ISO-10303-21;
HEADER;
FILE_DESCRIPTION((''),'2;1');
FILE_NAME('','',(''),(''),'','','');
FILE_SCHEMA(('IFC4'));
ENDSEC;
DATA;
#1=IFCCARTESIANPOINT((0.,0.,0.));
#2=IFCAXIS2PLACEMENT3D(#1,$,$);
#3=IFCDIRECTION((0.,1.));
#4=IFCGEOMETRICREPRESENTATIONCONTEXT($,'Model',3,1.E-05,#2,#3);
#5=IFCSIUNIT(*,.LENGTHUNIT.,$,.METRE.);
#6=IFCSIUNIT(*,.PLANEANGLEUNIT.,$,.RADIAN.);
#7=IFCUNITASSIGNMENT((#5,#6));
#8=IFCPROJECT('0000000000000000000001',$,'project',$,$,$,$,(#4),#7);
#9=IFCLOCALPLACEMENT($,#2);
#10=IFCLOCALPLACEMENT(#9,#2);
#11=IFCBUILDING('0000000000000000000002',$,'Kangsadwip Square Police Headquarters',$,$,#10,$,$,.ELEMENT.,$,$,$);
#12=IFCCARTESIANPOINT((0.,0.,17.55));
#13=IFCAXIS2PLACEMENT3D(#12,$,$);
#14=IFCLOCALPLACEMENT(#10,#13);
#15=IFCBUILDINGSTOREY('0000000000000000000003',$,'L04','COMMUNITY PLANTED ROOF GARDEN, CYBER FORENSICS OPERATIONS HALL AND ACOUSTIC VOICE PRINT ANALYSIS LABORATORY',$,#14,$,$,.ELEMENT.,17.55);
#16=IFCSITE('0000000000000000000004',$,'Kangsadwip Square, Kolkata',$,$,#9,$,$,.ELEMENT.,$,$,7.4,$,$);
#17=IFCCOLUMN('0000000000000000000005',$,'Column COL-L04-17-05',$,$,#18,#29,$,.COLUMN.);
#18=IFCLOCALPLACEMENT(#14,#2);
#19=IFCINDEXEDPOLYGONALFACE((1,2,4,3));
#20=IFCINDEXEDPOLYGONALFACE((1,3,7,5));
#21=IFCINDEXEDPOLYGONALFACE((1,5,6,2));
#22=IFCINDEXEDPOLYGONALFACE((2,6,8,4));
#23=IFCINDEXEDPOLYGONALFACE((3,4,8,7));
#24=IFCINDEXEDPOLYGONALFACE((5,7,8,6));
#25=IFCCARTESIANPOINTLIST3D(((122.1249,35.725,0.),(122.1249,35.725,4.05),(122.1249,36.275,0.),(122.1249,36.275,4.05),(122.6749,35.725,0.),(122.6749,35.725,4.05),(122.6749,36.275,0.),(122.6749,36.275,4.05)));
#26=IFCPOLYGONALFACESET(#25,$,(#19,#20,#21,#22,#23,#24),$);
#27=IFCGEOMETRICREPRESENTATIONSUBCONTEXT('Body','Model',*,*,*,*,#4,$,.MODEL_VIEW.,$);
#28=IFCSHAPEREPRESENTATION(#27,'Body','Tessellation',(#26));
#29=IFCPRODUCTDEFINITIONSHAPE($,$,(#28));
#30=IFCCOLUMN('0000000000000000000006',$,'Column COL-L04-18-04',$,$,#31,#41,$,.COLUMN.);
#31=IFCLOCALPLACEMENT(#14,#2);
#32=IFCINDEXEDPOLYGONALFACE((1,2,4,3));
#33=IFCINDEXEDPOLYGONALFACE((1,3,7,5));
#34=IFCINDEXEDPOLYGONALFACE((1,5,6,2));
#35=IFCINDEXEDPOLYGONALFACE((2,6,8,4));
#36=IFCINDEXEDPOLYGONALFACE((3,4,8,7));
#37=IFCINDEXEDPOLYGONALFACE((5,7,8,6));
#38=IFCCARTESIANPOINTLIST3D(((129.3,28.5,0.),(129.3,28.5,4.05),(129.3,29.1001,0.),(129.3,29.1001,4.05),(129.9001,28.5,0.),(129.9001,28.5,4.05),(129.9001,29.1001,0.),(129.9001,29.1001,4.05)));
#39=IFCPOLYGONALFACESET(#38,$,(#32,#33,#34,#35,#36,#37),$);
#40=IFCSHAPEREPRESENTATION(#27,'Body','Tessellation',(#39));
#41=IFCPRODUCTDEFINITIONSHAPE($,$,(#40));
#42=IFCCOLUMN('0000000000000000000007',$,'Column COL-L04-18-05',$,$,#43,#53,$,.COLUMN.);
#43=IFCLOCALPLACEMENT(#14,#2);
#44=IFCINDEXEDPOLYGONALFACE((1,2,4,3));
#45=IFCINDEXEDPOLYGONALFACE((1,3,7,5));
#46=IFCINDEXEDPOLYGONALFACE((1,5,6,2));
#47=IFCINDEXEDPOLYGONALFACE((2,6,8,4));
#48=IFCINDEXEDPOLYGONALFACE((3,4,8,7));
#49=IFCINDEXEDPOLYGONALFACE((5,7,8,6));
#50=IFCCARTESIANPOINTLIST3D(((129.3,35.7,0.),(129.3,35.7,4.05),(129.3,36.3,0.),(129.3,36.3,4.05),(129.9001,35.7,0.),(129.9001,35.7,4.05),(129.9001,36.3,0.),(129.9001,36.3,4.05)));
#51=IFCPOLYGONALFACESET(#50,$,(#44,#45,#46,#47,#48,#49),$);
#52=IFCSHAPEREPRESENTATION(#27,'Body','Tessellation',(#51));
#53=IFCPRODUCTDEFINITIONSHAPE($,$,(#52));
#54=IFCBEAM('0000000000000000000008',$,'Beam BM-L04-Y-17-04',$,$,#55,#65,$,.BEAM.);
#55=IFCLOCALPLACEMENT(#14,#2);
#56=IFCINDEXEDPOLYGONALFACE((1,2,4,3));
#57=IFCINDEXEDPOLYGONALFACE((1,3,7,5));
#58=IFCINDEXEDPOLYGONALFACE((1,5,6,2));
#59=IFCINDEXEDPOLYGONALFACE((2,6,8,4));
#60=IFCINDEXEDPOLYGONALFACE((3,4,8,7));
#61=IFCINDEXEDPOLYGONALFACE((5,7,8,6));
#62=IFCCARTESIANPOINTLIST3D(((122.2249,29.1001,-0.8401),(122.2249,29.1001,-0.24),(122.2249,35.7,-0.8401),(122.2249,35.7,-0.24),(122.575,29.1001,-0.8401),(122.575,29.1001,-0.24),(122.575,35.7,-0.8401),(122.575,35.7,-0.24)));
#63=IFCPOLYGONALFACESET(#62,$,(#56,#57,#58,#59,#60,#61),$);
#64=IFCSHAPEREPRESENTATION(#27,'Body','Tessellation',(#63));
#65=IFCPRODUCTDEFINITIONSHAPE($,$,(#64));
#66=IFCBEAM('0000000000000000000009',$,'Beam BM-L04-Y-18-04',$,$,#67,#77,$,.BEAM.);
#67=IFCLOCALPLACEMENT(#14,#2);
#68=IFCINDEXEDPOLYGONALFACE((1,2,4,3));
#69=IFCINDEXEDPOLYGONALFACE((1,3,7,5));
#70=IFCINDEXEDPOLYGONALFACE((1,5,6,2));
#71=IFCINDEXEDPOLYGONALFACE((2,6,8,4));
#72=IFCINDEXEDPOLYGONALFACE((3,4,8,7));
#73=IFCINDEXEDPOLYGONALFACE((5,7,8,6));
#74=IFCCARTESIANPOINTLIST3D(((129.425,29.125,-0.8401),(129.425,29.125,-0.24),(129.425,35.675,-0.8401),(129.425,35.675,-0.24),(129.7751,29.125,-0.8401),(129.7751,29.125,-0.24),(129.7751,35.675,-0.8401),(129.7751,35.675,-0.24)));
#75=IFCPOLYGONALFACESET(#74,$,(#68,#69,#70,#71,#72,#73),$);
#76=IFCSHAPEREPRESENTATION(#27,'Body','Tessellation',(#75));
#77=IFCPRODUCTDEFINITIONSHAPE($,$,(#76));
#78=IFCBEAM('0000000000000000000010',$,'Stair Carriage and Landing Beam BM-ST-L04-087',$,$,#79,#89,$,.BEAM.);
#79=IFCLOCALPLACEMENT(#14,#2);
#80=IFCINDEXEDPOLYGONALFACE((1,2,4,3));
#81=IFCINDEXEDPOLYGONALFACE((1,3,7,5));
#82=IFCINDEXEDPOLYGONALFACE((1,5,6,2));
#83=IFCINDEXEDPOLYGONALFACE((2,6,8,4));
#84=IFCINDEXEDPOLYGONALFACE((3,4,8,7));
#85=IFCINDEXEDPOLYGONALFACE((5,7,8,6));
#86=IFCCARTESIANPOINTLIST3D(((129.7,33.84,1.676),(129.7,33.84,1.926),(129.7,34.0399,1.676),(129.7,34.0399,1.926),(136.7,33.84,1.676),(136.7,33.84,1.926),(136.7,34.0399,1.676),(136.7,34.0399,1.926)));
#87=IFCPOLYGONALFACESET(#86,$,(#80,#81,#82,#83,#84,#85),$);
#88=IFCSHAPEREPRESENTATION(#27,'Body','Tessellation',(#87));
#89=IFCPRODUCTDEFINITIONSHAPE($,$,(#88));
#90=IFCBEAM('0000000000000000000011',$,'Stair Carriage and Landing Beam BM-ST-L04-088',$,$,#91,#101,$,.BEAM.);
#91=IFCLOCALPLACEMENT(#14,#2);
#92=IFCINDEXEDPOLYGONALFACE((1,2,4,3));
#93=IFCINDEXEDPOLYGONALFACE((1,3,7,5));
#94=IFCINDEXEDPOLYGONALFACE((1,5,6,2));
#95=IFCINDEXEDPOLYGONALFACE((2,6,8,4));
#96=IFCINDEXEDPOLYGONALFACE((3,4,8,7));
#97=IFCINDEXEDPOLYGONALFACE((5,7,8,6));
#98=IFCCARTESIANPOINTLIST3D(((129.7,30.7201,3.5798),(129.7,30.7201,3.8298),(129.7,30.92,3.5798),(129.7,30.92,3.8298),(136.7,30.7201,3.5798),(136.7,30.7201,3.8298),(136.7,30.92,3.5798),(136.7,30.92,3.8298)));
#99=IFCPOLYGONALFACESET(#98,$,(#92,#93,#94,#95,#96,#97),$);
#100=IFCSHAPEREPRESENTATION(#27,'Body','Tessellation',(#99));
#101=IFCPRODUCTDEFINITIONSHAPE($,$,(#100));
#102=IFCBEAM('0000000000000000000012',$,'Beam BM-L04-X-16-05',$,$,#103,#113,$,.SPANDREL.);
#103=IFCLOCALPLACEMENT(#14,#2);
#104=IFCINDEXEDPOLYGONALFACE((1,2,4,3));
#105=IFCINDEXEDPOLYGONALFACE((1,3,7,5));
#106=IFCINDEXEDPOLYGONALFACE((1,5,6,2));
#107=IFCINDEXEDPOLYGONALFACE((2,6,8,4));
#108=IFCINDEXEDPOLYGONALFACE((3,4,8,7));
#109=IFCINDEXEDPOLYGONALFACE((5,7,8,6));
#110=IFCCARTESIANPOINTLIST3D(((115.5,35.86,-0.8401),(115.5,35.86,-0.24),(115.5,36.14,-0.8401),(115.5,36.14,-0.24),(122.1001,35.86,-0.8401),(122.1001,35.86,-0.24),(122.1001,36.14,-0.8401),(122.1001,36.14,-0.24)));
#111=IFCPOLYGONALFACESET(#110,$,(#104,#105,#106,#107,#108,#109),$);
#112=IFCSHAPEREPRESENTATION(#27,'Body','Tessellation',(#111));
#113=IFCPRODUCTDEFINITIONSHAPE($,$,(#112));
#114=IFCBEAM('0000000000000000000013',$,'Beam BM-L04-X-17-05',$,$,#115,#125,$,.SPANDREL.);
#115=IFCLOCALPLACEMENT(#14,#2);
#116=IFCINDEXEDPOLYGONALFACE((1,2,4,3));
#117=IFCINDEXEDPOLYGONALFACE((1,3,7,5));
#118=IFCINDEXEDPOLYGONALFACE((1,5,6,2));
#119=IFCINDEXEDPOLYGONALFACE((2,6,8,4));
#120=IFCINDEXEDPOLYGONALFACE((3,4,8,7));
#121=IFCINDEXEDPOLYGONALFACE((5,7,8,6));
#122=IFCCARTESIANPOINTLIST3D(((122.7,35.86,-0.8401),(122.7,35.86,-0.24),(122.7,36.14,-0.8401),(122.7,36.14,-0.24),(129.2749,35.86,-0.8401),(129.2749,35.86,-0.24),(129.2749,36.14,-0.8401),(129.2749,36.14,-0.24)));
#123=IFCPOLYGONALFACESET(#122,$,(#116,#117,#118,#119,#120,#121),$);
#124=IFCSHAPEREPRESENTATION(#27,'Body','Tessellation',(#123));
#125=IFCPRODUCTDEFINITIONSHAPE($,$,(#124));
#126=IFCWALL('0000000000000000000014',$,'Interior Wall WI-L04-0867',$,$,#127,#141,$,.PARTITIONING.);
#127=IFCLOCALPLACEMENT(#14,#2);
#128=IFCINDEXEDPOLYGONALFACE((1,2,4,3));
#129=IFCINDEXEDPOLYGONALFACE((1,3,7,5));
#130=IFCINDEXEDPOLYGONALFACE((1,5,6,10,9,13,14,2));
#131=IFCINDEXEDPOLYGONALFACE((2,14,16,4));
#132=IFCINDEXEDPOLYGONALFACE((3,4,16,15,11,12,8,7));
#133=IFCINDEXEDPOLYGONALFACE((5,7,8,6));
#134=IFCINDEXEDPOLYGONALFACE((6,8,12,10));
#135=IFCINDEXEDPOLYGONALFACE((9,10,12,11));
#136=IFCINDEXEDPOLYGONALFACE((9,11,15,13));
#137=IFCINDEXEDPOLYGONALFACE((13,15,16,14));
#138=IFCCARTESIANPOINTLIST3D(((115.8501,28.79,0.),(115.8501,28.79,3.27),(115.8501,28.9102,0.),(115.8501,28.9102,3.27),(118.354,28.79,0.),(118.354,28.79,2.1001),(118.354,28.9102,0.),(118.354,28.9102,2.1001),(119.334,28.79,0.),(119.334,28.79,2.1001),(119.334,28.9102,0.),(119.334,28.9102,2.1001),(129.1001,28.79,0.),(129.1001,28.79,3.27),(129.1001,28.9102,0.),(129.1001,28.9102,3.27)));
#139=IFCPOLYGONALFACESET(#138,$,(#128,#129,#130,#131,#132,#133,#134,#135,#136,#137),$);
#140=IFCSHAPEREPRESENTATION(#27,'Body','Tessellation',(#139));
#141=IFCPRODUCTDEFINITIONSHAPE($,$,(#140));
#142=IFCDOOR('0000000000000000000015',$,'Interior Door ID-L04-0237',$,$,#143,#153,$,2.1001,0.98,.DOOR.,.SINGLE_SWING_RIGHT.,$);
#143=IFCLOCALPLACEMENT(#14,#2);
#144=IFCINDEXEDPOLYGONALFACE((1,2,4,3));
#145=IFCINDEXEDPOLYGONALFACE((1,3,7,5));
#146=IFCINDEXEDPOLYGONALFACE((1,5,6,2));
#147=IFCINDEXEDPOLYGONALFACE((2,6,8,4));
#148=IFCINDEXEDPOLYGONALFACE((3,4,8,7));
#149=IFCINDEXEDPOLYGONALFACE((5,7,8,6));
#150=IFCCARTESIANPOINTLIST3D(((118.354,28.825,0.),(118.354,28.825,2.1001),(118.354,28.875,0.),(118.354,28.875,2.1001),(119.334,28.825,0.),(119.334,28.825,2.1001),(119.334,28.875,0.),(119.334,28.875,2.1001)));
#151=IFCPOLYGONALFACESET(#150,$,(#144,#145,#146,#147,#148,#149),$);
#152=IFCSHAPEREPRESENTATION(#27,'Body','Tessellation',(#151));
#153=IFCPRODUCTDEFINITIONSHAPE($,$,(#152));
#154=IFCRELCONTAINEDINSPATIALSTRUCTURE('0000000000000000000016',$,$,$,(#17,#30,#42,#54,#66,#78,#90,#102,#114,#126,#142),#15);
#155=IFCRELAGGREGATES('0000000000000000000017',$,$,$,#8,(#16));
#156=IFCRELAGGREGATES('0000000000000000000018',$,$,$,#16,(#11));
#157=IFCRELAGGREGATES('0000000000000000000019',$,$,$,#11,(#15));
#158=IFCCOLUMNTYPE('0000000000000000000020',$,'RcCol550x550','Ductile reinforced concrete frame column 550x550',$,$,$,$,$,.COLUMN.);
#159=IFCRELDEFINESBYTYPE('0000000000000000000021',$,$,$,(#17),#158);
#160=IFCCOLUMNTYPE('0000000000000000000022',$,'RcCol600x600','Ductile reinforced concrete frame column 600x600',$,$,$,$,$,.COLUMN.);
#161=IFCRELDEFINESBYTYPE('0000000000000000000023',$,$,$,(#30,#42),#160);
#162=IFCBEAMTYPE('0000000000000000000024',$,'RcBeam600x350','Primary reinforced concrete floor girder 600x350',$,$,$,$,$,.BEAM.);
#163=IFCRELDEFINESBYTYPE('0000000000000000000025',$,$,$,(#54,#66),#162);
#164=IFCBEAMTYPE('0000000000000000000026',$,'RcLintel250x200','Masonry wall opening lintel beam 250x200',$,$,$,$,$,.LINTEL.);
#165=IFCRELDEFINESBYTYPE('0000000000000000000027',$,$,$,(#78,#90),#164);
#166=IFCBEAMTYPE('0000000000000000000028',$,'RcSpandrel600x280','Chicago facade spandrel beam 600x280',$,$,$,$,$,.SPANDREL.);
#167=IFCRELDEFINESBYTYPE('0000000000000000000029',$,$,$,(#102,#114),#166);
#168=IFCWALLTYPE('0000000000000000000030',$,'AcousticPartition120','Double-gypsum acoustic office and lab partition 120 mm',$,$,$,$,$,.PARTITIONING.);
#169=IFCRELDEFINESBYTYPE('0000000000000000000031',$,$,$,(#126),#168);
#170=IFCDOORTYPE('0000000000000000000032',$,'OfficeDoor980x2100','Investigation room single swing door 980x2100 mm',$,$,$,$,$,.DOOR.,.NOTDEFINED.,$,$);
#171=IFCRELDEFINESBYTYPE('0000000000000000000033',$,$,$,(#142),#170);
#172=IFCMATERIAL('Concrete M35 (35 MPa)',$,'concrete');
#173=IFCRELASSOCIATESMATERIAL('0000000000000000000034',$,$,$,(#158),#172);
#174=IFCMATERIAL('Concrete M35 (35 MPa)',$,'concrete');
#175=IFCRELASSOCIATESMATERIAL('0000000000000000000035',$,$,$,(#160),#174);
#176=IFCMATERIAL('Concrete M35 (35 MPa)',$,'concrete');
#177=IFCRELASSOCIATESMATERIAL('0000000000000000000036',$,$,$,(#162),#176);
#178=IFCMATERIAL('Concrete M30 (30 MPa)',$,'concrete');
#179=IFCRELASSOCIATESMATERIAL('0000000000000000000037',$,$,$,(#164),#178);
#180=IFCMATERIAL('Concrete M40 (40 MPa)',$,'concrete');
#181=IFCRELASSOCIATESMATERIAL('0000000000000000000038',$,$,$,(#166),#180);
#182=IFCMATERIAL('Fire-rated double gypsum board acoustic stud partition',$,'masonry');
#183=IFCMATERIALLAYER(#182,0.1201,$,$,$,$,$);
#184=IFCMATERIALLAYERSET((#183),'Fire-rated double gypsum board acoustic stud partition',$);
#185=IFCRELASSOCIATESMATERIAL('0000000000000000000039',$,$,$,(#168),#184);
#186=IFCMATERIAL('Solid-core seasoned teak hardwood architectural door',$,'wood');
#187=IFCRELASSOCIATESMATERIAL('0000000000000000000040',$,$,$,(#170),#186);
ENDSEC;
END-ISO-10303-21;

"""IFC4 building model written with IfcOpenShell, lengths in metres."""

from ifc_helpers import new_model, si_unit, direction, frame, frame_2d, origin, origin_2d, place, context, subcontext, project, spatial, rectangle, extrude, material, layer, layer_set, material_profile, profile_set, type_object, element, fill, save


model = new_model("IFC4")

# Units and contexts
model_context = context("Model", 3, precision=1e-05, world=origin(), true_north=direction((0.0, 1.0)))
body_context = subcontext(model_context, "Body", "Model", "MODEL_VIEW")
ifc_project = project(units=[si_unit("LENGTHUNIT", "METRE"), si_unit("PLANEANGLEUNIT", "RADIAN")], contexts=[model_context])

# Site, building, storey
site_placement = place(None, origin())
site = spatial("IfcSite", under=ifc_project, at=site_placement, Name="Kangsadwip Square, Kolkata", CompositionType="ELEMENT", RefElevation=7.4)
building_placement = place(site_placement, origin())
building = spatial("IfcBuilding", under=site, at=building_placement, Name="Kangsadwip Square Police Headquarters", CompositionType="ELEMENT")
storey_placement = place(building_placement, frame((0.0, 0.0, 17.55)))
storey = spatial("IfcBuildingStorey", under=building, at=storey_placement, Name="L04", Description="COMMUNITY PLANTED ROOF GARDEN, CYBER FORENSICS OPERATIONS HALL AND ACOUSTIC VOICE PRINT ANALYSIS LABORATORY", CompositionType="ELEMENT", Elevation=17.55)

# Columns
ifc_material_1 = material(Name="Concrete M35 (35 MPa)", Category="concrete")
ifc_material_profile_1 = material_profile(ifc_material_1, rectangle(XDim=0.55, YDim=0.55, at=origin_2d()), Name="RC COL 550X550")
ifc_profile_set_1 = profile_set([ifc_material_profile_1], Name="Concrete M35 (35 MPa)")
column_type_1 = type_object("IfcColumnType", Name="RcCol550x550", Description="Ductile reinforced concrete frame column 550x550", PredefinedType="COLUMN", material=ifc_profile_set_1)
column_placement = place(storey_placement, frame((122.3999, 36.0, 0.0), z_axis=(0.0, 0.0, 1.0), x_axis=(1.0, 0.0, 0.0)))
element("IfcColumn", 1, at=column_placement, inside=storey, type_object=column_type_1, Name="Column COL-L04-17-05", PredefinedType="COLUMN", context=body_context, shape_type="SweptSolid", body=[
    extrude(rectangle(XDim=0.55, YDim=0.55, at=origin_2d()), origin(), (0.0, 0.0, 1.0), 4.05),
])
ifc_material_2 = material(Name="Concrete M35 (35 MPa)", Category="concrete")
ifc_material_profile_2 = material_profile(ifc_material_2, rectangle(XDim=0.6001, YDim=0.6001, at=origin_2d()), Name="RC COL 600X600")
ifc_profile_set_2 = profile_set([ifc_material_profile_2], Name="Concrete M35 (35 MPa)")
column_type_2 = type_object("IfcColumnType", Name="RcCol600x600", Description="Ductile reinforced concrete frame column 600x600", PredefinedType="COLUMN", material=ifc_profile_set_2)
for number, where, z_axis, x_axis, name in (
    (2, (129.6001, 28.8, 0.0), (0.0, 0.0, 1.0), (1.0, 0.0, 0.0), "Column COL-L04-18-04"),
    (3, (129.6001, 36.0, 0.0), (0.0, 0.0, 1.0), (1.0, 0.0, 0.0), "Column COL-L04-18-05"),
):
    element("IfcColumn", number, at=place(storey_placement, frame(where, z_axis=z_axis, x_axis=x_axis)), inside=storey, type_object=column_type_2, Name=name, PredefinedType="COLUMN", context=body_context, shape_type="SweptSolid", body=[
        extrude(rectangle(XDim=0.6001, YDim=0.6001, at=origin_2d()), origin(), (0.0, 0.0, 1.0), 4.05),
    ])

# Beams
ifc_material_3 = material(Name="Concrete M35 (35 MPa)", Category="concrete")
ifc_material_profile_3 = material_profile(ifc_material_3, rectangle(XDim=0.3501, YDim=0.6001, at=origin_2d()), Name="RC BM 600X350")
ifc_profile_set_3 = profile_set([ifc_material_profile_3], Name="Concrete M35 (35 MPa)")
beam_type_1 = type_object("IfcBeamType", Name="RcBeam600x350", Description="Primary reinforced concrete floor girder 600x350", PredefinedType="BEAM", material=ifc_profile_set_3)
beam_1_placement = place(storey_placement, frame((122.3999, 29.1001, -0.54), z_axis=(0.0, 1.0, 0.0), x_axis=(-1.0, 0.0, 0.0)))
element("IfcBeam", 4, at=beam_1_placement, inside=storey, type_object=beam_type_1, Name="Beam BM-L04-Y-17-04", PredefinedType="BEAM", context=body_context, shape_type="SweptSolid", body=[
    extrude(rectangle(XDim=0.3501, YDim=0.6001, at=origin_2d()), origin(), (0.0, 0.0, 1.0), 6.5999),
])
beam_2_placement = place(storey_placement, frame((129.6001, 29.125, -0.54), z_axis=(0.0, 1.0, 0.0), x_axis=(-1.0, 0.0, 0.0)))
element("IfcBeam", 5, at=beam_2_placement, inside=storey, type_object=beam_type_1, Name="Beam BM-L04-Y-18-04", PredefinedType="BEAM", context=body_context, shape_type="SweptSolid", body=[
    extrude(rectangle(XDim=0.3501, YDim=0.6001, at=origin_2d()), origin(), (0.0, 0.0, 1.0), 6.55),
])
ifc_material_4 = material(Name="Concrete M30 (30 MPa)", Category="concrete")
ifc_material_profile_4 = material_profile(ifc_material_4, rectangle(XDim=0.2, YDim=0.25, at=origin_2d()), Name="RC LNT 250X200")
ifc_profile_set_4 = profile_set([ifc_material_profile_4], Name="Concrete M30 (30 MPa)")
beam_type_2 = type_object("IfcBeamType", Name="RcLintel250x200", Description="Masonry wall opening lintel beam 250x200", PredefinedType="LINTEL", material=ifc_profile_set_4)
for number, where, z_axis, x_axis, name in (
    (6, (129.7, 33.9399, 1.801), (1.0, 0.0, 0.0), (0.0, 1.0, 0.0), "Stair Carriage and Landing Beam BM-ST-L04-087"),
    (7, (129.7, 30.8201, 3.7048), (1.0, 0.0, 0.0), (0.0, 1.0, 0.0), "Stair Carriage and Landing Beam BM-ST-L04-088"),
):
    element("IfcBeam", number, at=place(storey_placement, frame(where, z_axis=z_axis, x_axis=x_axis)), inside=storey, type_object=beam_type_2, Name=name, PredefinedType="BEAM", context=body_context, shape_type="SweptSolid", body=[
        extrude(rectangle(XDim=0.2, YDim=0.25, at=origin_2d()), origin(), (0.0, 0.0, 1.0), 7.0),
    ])
ifc_material_5 = material(Name="Concrete M40 (40 MPa)", Category="concrete")
ifc_material_profile_5 = material_profile(ifc_material_5, rectangle(XDim=0.28, YDim=0.6001, at=origin_2d()), Name="RC SPN 600X280")
ifc_profile_set_5 = profile_set([ifc_material_profile_5], Name="Concrete M40 (40 MPa)")
beam_type_3 = type_object("IfcBeamType", Name="RcSpandrel600x280", Description="Chicago facade spandrel beam 600x280", PredefinedType="SPANDREL", material=ifc_profile_set_5)
beam_3_placement = place(storey_placement, frame((115.5, 36.0, -0.54), z_axis=(1.0, 0.0, 0.0), x_axis=(0.0, 1.0, 0.0)))
element("IfcBeam", 8, at=beam_3_placement, inside=storey, type_object=beam_type_3, Name="Beam BM-L04-X-16-05", PredefinedType="SPANDREL", context=body_context, shape_type="SweptSolid", body=[
    extrude(rectangle(XDim=0.28, YDim=0.6001, at=origin_2d()), origin(), (0.0, 0.0, 1.0), 6.6001),
])
beam_4_placement = place(storey_placement, frame((122.7, 36.0, -0.54), z_axis=(1.0, 0.0, 0.0), x_axis=(0.0, 1.0, 0.0)))
element("IfcBeam", 9, at=beam_4_placement, inside=storey, type_object=beam_type_3, Name="Beam BM-L04-X-17-05", PredefinedType="SPANDREL", context=body_context, shape_type="SweptSolid", body=[
    extrude(rectangle(XDim=0.28, YDim=0.6001, at=origin_2d()), origin(), (0.0, 0.0, 1.0), 6.575),
])

# Wall, opening, door
ifc_material_6 = material(Name="Fire-rated double gypsum board acoustic stud partition", Category="masonry")
ifc_layer_1 = layer(ifc_material_6, 0.1201)
ifc_layer_set_1 = layer_set([ifc_layer_1], Name="Fire-rated double gypsum board acoustic stud partition")
wall_type_1 = type_object("IfcWallType", Name="AcousticPartition120", Description="Double-gypsum acoustic office and lab partition 120 mm", PredefinedType="PARTITIONING", material=ifc_layer_set_1)
wall_1_placement = place(storey_placement, frame((115.8501, 28.8501, 0.0), z_axis=(0.0, 0.0, 1.0), x_axis=(1.0, 0.0, 0.0)))
wall_1 = element("IfcWall", 10, at=wall_1_placement, inside=storey, type_object=wall_type_1, Name="Interior Wall WI-L04-0867", PredefinedType="PARTITIONING", context=body_context, shape_type="SweptSolid", body=[
    extrude(rectangle(XDim=13.25, YDim=0.1201, at=frame_2d((6.625, 0.0))), origin(), (0.0, 0.0, 1.0), 3.27),
])
opening_1_placement = place(wall_1_placement, frame((2.5039, 0.0, 0.0)))
opening_1 = element("IfcOpeningElement", 11, at=opening_1_placement, cuts=wall_1, PredefinedType="OPENING", context=body_context, shape_type="SweptSolid", body=[
    extrude(rectangle(XDim=0.98, YDim=2.1001, at=frame_2d((0.49, 1.05))), frame((0.0, 0.0701, 0.0), z_axis=(0.0, -1.0, 0.0), x_axis=(1.0, 0.0, 0.0)), (0.0, 0.0, 1.0), 0.1401),
])
ifc_material_7 = material(Name="Solid-core seasoned teak hardwood architectural door", Category="wood")
door_type_1 = type_object("IfcDoorType", Name="OfficeDoor980x2100", Description="Investigation room single swing door 980x2100 mm", OperationType="NOTDEFINED", PredefinedType="DOOR", material=ifc_material_7)
door_1_placement = place(opening_1_placement, origin())
door_1 = element("IfcDoor", 12, at=door_1_placement, inside=storey, type_object=door_type_1, Name="Interior Door ID-L04-0237", OperationType="SINGLE_SWING_RIGHT", OverallHeight=2.1001, OverallWidth=0.98, PredefinedType="DOOR", context=body_context, shape_type="SweptSolid", body=[
    extrude(rectangle(XDim=0.98, YDim=2.1001, at=frame_2d((0.49, 1.05))), frame((0.0, 0.0249, 0.0), z_axis=(0.0, -1.0, 0.0), x_axis=(1.0, 0.0, 0.0)), (0.0, 0.0, 1.0), 0.05),
])
fill(opening_1, door_1)

save(model, "model.ifc")
